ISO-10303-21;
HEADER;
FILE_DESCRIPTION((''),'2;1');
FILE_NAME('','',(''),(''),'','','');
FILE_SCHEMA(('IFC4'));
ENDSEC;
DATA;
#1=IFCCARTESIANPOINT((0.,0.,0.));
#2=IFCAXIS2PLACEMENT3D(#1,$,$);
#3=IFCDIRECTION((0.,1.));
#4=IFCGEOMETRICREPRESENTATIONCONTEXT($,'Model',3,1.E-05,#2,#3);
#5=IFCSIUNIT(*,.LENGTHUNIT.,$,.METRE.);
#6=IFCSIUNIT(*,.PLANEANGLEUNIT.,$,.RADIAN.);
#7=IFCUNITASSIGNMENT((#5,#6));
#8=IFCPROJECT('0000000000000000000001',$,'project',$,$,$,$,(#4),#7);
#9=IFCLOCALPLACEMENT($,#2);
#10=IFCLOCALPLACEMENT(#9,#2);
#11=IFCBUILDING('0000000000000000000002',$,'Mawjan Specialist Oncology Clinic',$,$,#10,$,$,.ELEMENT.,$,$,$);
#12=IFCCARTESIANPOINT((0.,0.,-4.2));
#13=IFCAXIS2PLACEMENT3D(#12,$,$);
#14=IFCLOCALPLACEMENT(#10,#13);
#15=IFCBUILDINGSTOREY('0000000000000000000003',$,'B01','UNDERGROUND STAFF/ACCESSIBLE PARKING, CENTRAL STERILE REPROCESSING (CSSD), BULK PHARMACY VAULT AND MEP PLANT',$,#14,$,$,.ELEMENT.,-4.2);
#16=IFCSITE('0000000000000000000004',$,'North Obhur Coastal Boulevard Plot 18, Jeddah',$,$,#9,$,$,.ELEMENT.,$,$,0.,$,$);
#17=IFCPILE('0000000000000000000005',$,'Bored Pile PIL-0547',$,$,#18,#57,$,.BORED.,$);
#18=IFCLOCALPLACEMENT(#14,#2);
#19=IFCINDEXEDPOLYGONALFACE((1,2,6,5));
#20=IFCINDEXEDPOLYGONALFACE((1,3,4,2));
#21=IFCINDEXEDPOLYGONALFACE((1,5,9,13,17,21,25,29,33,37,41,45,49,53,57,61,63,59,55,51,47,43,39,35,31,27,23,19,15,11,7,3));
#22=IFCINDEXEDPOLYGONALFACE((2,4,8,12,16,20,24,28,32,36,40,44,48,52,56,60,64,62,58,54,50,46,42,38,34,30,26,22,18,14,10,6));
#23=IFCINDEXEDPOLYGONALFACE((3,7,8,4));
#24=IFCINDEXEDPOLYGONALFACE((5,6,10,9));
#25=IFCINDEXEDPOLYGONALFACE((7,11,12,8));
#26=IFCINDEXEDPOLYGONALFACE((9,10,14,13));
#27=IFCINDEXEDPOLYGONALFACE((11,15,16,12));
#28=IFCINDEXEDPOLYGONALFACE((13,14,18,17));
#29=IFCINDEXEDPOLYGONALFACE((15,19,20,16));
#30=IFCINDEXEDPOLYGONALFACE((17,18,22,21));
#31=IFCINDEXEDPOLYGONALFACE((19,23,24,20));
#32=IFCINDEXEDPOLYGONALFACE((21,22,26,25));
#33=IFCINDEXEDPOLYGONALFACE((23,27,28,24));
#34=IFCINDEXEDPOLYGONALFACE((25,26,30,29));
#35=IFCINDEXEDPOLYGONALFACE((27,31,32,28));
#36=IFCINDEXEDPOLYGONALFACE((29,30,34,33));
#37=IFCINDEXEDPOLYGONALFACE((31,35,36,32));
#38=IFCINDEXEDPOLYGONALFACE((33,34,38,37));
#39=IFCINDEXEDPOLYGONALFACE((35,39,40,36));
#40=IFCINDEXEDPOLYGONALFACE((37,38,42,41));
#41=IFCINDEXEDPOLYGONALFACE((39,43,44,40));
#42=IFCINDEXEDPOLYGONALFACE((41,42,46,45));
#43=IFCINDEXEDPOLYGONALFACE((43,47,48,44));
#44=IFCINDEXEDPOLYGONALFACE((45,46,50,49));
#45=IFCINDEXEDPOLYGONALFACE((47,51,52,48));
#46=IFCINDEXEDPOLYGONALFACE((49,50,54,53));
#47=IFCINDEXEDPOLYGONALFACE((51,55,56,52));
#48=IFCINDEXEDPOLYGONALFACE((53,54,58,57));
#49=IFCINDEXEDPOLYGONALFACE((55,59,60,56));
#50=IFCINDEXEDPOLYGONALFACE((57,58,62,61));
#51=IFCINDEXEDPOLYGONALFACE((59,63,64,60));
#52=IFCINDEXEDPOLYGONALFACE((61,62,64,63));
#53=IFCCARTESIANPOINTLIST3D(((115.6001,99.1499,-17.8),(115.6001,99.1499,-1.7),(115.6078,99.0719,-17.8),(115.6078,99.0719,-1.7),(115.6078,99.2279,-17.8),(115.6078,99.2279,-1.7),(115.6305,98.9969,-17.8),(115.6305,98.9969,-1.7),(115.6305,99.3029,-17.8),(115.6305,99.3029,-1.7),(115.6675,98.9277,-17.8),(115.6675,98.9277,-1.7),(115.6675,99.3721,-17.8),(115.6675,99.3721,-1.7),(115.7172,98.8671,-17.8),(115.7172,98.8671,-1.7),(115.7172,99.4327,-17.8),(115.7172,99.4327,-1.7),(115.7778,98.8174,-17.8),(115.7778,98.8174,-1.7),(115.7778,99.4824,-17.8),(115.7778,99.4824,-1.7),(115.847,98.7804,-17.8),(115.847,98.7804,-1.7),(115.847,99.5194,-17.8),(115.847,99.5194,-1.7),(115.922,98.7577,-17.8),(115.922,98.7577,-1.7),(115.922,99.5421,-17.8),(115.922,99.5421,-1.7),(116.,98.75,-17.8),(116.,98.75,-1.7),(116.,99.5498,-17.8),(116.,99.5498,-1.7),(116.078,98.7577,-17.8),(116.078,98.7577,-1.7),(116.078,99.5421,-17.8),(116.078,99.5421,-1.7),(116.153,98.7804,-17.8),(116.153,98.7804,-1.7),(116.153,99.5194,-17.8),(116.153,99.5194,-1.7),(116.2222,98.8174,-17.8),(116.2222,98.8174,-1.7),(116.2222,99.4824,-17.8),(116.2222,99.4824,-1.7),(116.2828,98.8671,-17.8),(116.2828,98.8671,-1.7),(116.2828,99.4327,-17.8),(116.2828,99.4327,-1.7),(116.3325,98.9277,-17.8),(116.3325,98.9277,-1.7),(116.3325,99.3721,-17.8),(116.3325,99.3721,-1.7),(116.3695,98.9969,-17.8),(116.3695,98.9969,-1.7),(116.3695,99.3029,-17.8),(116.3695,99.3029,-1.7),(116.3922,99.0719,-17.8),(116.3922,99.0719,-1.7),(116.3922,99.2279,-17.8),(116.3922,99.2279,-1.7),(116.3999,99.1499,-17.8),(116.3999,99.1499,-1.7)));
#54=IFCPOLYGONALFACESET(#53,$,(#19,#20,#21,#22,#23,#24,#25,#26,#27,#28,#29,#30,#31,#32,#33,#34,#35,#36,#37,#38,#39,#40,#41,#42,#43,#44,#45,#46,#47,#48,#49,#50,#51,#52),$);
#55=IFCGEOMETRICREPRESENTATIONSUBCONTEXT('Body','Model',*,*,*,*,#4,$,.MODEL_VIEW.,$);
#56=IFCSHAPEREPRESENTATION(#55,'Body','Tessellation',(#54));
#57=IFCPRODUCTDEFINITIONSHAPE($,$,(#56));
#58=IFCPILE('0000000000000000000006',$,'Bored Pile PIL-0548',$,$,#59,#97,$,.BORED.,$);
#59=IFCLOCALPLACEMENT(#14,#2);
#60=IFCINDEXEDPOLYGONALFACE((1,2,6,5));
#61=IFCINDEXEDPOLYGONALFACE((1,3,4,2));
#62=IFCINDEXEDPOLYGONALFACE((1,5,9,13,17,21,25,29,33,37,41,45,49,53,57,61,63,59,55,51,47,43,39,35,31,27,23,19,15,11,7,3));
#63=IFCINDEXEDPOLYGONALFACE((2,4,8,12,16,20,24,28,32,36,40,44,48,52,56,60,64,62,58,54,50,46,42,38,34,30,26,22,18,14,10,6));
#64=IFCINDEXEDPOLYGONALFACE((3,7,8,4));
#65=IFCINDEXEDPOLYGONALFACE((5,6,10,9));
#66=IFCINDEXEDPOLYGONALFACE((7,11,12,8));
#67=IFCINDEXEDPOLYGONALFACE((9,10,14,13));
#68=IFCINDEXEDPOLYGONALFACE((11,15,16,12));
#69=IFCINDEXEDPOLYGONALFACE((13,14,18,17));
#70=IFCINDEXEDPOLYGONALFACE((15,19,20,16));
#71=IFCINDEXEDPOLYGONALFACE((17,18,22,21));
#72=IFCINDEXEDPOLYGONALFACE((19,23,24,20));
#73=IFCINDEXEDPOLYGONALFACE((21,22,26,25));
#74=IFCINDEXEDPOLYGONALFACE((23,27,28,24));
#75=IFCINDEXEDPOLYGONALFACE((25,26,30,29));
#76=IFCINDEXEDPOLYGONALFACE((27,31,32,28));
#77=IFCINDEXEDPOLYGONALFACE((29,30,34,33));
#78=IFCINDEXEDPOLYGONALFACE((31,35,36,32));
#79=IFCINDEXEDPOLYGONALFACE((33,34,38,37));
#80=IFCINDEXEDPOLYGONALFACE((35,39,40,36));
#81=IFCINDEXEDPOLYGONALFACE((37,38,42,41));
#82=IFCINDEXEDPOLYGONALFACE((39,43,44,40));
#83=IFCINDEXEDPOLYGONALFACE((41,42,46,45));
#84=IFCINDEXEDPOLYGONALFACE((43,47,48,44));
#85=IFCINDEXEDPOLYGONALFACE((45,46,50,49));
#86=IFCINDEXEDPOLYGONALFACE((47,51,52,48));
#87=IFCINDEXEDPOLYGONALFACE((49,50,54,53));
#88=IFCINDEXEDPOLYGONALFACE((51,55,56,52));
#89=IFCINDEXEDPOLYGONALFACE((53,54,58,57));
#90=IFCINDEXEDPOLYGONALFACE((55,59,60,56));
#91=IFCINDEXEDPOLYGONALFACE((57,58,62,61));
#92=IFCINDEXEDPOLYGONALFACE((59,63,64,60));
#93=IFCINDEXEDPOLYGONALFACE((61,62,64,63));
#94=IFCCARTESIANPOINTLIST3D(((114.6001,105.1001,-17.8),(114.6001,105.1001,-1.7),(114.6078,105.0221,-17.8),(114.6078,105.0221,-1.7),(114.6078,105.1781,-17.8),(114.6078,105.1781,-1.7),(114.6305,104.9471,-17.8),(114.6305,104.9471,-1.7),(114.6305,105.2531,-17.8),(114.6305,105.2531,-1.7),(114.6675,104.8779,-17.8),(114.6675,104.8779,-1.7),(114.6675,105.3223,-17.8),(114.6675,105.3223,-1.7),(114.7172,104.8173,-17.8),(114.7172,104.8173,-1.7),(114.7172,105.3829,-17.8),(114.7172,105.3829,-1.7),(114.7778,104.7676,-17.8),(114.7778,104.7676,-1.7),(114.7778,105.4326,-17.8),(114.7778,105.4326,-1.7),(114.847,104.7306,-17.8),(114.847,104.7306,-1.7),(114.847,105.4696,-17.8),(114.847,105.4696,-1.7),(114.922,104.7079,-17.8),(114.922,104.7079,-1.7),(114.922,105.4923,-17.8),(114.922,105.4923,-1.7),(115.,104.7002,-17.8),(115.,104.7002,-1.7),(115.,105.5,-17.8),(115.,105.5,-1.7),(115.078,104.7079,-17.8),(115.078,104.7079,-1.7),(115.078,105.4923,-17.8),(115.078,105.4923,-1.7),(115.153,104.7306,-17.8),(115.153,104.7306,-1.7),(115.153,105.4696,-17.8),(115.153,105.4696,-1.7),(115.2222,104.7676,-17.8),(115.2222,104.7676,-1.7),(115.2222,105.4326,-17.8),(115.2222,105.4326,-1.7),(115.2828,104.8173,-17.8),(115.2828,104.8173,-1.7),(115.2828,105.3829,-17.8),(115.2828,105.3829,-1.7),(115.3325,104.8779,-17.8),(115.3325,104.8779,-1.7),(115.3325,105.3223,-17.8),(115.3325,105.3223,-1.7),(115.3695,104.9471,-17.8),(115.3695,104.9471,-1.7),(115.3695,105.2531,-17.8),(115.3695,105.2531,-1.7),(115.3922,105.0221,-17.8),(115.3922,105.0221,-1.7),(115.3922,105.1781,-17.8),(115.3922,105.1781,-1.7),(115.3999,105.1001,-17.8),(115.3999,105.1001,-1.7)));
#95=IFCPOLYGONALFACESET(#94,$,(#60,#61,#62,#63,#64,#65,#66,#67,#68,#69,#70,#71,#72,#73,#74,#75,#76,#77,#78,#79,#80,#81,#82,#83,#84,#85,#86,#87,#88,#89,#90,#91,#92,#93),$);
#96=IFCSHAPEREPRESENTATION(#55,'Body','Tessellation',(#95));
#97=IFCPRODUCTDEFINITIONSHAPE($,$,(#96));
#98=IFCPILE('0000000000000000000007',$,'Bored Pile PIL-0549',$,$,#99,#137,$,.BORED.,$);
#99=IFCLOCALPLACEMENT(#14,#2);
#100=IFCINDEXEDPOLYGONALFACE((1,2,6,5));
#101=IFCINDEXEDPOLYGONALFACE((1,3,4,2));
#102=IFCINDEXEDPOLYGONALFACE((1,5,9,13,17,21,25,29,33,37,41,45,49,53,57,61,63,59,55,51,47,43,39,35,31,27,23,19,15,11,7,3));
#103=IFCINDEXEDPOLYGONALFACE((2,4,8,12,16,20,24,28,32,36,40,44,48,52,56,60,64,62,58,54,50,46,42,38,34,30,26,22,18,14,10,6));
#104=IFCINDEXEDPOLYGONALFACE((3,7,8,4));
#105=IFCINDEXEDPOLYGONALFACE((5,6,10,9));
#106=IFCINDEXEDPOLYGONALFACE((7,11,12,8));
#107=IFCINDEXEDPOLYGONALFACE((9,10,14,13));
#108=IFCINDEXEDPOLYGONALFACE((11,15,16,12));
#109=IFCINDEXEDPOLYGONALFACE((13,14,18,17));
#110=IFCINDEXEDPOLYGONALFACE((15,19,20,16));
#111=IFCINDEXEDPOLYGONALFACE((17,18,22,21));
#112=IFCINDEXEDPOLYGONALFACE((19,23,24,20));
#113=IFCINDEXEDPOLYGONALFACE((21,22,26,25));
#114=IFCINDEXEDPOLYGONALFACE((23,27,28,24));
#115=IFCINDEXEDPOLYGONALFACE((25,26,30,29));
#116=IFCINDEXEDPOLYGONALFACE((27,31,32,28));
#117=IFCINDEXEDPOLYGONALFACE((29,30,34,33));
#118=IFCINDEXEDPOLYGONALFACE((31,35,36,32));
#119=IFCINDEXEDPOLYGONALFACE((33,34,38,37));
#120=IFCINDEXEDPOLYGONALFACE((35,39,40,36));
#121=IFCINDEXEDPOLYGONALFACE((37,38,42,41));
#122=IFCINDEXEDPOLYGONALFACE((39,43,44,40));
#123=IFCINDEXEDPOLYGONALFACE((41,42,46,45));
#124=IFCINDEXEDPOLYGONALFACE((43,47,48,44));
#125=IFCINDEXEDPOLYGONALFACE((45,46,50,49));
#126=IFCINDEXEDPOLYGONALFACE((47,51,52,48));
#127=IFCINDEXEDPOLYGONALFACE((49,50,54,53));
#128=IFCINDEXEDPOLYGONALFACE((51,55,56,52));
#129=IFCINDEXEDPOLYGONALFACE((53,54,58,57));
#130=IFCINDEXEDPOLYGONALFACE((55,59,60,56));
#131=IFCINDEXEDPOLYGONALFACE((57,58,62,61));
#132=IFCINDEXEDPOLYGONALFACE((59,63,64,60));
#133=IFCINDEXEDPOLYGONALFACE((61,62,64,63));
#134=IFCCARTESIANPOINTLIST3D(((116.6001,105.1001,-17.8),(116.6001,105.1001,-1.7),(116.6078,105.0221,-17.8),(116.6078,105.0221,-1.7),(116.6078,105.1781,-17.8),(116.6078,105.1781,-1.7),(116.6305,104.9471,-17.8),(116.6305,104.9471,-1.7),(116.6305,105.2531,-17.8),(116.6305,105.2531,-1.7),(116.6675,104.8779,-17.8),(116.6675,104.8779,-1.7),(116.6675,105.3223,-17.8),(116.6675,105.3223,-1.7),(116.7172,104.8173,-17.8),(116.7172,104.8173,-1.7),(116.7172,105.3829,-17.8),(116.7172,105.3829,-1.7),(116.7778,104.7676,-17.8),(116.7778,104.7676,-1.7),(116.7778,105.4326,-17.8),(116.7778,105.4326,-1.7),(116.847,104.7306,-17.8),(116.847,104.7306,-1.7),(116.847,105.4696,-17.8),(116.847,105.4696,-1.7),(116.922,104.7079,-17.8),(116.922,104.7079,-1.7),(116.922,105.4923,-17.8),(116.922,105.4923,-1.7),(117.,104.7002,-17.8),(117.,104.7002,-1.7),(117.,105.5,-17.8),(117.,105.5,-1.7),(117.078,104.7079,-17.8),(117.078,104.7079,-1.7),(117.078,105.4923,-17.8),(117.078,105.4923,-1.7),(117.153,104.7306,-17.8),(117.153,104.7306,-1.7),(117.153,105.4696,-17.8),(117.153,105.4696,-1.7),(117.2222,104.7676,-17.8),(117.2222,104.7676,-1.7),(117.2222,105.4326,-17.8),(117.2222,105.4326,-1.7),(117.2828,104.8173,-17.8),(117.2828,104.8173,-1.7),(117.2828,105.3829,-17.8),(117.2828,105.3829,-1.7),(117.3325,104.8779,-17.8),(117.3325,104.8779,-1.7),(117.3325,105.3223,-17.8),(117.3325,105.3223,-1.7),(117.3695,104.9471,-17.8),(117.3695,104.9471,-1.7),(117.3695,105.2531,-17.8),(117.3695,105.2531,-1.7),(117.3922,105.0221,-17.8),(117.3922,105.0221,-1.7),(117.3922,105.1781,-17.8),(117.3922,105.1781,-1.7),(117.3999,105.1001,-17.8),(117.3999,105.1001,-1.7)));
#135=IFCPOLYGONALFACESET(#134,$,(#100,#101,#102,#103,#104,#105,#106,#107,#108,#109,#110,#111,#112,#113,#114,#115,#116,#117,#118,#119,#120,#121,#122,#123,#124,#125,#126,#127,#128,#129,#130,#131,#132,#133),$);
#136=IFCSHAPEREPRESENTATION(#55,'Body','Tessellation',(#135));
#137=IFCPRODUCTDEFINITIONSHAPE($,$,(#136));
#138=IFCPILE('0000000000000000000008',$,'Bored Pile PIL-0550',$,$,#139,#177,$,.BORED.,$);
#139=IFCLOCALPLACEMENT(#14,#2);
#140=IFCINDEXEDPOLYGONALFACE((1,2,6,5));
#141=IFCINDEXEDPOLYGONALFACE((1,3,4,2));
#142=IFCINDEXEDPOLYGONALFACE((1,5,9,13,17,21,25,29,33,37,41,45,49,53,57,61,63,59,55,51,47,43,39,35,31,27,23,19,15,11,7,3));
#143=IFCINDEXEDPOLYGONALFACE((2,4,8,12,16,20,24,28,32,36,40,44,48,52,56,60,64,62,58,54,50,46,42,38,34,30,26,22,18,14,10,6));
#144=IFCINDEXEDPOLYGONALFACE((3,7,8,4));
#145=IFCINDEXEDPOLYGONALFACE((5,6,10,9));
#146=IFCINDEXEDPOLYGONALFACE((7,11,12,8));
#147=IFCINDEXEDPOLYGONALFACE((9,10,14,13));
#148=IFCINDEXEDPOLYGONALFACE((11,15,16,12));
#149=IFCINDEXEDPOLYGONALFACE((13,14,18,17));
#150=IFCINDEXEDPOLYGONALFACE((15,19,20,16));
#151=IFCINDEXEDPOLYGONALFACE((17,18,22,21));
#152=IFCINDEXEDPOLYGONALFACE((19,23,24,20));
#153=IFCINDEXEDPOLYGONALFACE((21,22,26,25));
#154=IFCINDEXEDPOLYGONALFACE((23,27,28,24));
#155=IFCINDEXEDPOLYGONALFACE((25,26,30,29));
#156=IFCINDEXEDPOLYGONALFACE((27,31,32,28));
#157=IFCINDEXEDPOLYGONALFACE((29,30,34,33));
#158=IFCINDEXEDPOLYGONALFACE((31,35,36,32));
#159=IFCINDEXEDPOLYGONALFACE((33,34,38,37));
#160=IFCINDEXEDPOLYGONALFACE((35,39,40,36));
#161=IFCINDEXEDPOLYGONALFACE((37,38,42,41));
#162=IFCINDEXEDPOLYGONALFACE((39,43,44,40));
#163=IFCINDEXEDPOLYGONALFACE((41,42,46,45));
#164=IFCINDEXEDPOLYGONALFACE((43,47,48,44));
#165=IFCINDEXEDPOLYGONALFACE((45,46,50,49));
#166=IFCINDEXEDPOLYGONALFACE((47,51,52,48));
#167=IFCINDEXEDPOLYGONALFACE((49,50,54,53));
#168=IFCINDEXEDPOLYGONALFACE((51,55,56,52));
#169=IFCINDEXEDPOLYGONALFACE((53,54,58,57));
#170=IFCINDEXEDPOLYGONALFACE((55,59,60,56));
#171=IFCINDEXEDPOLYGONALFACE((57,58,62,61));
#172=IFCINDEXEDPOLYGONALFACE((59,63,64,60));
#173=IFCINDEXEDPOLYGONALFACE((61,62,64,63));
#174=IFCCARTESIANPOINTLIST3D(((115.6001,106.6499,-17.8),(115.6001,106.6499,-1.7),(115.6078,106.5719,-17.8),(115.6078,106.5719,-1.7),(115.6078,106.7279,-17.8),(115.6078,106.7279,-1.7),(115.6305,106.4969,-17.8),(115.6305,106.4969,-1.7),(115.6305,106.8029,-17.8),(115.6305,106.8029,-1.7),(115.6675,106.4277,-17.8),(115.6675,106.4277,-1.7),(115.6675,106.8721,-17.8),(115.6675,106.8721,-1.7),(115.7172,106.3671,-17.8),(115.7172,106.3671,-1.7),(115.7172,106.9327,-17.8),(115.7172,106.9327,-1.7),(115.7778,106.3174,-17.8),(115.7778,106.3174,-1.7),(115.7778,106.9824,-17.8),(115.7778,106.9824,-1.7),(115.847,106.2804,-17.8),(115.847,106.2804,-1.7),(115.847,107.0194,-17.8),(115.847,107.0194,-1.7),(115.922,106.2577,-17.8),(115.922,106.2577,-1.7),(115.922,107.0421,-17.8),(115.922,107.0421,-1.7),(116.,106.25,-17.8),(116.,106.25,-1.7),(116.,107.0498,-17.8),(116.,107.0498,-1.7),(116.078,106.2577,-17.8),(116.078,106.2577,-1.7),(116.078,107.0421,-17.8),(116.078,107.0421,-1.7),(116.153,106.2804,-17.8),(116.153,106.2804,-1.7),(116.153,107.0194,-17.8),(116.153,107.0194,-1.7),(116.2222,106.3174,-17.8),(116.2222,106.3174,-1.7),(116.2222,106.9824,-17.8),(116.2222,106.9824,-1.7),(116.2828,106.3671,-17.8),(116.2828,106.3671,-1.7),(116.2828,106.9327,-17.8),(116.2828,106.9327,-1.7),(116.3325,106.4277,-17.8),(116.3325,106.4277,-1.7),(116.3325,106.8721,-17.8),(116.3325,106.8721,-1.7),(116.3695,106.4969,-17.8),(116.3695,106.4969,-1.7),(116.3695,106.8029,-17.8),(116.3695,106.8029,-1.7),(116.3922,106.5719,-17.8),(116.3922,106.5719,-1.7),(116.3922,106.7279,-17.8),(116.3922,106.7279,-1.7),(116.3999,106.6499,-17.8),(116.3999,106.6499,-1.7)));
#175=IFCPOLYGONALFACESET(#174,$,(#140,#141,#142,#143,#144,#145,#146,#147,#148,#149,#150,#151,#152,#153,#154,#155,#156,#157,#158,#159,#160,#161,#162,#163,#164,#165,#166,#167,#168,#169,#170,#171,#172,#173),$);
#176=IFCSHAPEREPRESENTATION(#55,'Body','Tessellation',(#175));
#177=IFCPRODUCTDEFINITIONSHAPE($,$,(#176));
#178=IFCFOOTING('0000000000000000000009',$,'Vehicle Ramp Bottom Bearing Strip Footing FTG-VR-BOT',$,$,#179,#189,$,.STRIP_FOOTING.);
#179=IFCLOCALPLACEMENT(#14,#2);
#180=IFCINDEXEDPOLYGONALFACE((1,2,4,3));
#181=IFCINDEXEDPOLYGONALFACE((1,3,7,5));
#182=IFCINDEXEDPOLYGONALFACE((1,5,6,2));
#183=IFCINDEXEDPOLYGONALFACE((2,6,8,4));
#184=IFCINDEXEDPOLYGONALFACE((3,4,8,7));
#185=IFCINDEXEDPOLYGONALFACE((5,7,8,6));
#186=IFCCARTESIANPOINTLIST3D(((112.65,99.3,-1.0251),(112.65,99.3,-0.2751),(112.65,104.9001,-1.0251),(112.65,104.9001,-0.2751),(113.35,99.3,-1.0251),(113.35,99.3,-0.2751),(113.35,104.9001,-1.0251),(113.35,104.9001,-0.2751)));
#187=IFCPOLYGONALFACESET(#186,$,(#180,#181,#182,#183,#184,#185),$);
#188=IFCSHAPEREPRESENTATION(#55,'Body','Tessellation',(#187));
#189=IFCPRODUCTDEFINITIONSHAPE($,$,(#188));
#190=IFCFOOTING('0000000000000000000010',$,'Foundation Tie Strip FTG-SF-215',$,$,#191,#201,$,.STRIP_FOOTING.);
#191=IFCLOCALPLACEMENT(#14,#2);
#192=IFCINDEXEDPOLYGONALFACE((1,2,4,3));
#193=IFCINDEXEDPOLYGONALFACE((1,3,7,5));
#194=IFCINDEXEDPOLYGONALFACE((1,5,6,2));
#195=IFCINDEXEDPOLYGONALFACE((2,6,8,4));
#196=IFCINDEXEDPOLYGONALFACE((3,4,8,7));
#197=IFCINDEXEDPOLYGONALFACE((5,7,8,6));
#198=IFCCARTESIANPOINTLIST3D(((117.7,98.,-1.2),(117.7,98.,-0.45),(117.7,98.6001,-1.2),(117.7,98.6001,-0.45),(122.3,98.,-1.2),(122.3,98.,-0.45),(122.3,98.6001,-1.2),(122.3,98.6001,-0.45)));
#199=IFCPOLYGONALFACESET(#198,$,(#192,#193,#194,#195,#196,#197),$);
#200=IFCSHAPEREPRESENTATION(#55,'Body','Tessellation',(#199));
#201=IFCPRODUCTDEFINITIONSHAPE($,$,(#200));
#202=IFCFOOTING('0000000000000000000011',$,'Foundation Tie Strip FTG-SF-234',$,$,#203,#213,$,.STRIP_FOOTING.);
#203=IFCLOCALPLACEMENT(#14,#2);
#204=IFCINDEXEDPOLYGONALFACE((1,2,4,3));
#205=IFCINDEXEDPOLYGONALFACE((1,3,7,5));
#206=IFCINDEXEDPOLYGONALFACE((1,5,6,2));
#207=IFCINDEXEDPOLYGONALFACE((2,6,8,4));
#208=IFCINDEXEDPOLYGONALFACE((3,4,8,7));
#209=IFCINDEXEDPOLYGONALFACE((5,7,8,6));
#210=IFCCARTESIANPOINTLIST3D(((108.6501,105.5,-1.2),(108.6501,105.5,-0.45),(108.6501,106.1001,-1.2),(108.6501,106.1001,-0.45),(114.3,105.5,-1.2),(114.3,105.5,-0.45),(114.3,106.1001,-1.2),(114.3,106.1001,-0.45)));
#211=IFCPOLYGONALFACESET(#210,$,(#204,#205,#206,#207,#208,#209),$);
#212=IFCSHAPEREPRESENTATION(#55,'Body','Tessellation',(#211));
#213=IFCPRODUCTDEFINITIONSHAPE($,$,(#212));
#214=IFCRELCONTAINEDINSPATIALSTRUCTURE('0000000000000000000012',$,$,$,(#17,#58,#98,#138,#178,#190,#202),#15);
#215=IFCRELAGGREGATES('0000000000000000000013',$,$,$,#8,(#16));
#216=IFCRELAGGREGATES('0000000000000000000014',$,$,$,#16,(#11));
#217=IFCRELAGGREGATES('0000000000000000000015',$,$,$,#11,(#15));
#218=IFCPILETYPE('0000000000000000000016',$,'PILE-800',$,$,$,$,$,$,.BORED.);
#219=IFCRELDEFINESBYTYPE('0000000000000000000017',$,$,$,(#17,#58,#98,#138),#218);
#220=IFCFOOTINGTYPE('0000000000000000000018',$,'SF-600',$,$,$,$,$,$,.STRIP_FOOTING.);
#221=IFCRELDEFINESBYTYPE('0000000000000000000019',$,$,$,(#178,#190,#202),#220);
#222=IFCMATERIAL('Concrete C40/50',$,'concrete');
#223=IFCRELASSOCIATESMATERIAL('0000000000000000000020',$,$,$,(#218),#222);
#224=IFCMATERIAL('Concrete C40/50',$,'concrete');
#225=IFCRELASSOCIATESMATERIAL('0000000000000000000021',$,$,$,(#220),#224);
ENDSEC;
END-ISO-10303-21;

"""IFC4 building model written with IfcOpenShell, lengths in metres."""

from ifc_helpers import new_model, si_unit, direction, frame, origin, origin_2d, place, context, subcontext, project, spatial, rectangle, circle, extrude, material, material_profile, profile_set, type_object, element, save


model = new_model("IFC4")

# Units and contexts
model_context = context("Model", 3, precision=1e-05, world=origin(), true_north=direction((0.0, 1.0)))
body_context = subcontext(model_context, "Body", "Model", "MODEL_VIEW")
ifc_project = project(units=[si_unit("LENGTHUNIT", "METRE"), si_unit("PLANEANGLEUNIT", "RADIAN")], contexts=[model_context])

# Site, building, storey
site_placement = place(None, origin())
site = spatial("IfcSite", under=ifc_project, at=site_placement, Name="North Obhur Coastal Boulevard Plot 18, Jeddah", CompositionType="ELEMENT", RefElevation=0.0)
building_placement = place(site_placement, origin())
building = spatial("IfcBuilding", under=site, at=building_placement, Name="Mawjan Specialist Oncology Clinic", CompositionType="ELEMENT")
storey_placement = place(building_placement, frame((0.0, 0.0, -4.2)))
storey = spatial("IfcBuildingStorey", under=building, at=storey_placement, Name="B01", Description="UNDERGROUND STAFF/ACCESSIBLE PARKING, CENTRAL STERILE REPROCESSING (CSSD), BULK PHARMACY VAULT AND MEP PLANT", CompositionType="ELEMENT", Elevation=-4.2)

# Piles
ifc_material_1 = material(Name="Concrete C40/50", Category="concrete")
ifc_material_profile_1 = material_profile(ifc_material_1, circle(Radius=0.3999, at=origin_2d()), Name="BORED PILE D800", Category="concrete")
ifc_profile_set_1 = profile_set([ifc_material_profile_1], Name="Concrete C40/50")
pile_type_1 = type_object("IfcPileType", Name="PILE-800", PredefinedType="BORED", material=ifc_profile_set_1)
for number, where, z_axis, x_axis, name in (
    (1, (116.0, 99.1499, -1.7), (0.0, 0.0, -1.0), (1.0, 0.0, 0.0), "Bored Pile PIL-0547"),
    (2, (115.0, 105.1001, -1.7), (0.0, 0.0, -1.0), (1.0, 0.0, 0.0), "Bored Pile PIL-0548"),
    (3, (117.0, 105.1001, -1.7), (0.0, 0.0, -1.0), (1.0, 0.0, 0.0), "Bored Pile PIL-0549"),
    (4, (116.0, 106.6499, -1.7), (0.0, 0.0, -1.0), (1.0, 0.0, 0.0), "Bored Pile PIL-0550"),
):
    element("IfcPile", number, at=place(storey_placement, frame(where, z_axis=z_axis, x_axis=x_axis)), inside=storey, type_object=pile_type_1, Name=name, PredefinedType="BORED", context=body_context, shape_type="SweptSolid", body=[
        extrude(circle(Radius=0.3999, at=origin_2d()), origin(), (0.0, 0.0, 1.0), 16.1001),
    ])

# Footings
ifc_material_2 = material(Name="Concrete C40/50", Category="concrete")
footing_type_1 = type_object("IfcFootingType", Name="SF-600", PredefinedType="STRIP_FOOTING", material=ifc_material_2)
footing_1_placement = place(storey_placement, frame((113.0, 102.1001, -1.0251), z_axis=(0.0, 0.0, 1.0), x_axis=(1.0, 0.0, 0.0)))
element("IfcFooting", 5, at=footing_1_placement, inside=storey, type_object=footing_type_1, Name="Vehicle Ramp Bottom Bearing Strip Footing FTG-VR-BOT", PredefinedType="STRIP_FOOTING", context=body_context, shape_type="SweptSolid", body=[
    extrude(rectangle(XDim=0.7, YDim=5.6001, at=origin_2d()), origin(), (0.0, 0.0, 1.0), 0.75),
])
footing_2_placement = place(storey_placement, frame((120.0, 98.3, -1.2), z_axis=(0.0, 0.0, 1.0), x_axis=(1.0, 0.0, 0.0)))
element("IfcFooting", 6, at=footing_2_placement, inside=storey, type_object=footing_type_1, Name="Foundation Tie Strip FTG-SF-215", PredefinedType="STRIP_FOOTING", context=body_context, shape_type="SweptSolid", body=[
    extrude(rectangle(XDim=4.6001, YDim=0.6001, at=origin_2d()), origin(), (0.0, 0.0, 1.0), 0.75),
])
footing_3_placement = place(storey_placement, frame((111.4751, 105.8, -1.2), z_axis=(0.0, 0.0, 1.0), x_axis=(1.0, 0.0, 0.0)))
element("IfcFooting", 7, at=footing_3_placement, inside=storey, type_object=footing_type_1, Name="Foundation Tie Strip FTG-SF-234", PredefinedType="STRIP_FOOTING", context=body_context, shape_type="SweptSolid", body=[
    extrude(rectangle(XDim=5.6499, YDim=0.6001, at=origin_2d()), origin(), (0.0, 0.0, 1.0), 0.75),
])

save(model, "model.ifc")
